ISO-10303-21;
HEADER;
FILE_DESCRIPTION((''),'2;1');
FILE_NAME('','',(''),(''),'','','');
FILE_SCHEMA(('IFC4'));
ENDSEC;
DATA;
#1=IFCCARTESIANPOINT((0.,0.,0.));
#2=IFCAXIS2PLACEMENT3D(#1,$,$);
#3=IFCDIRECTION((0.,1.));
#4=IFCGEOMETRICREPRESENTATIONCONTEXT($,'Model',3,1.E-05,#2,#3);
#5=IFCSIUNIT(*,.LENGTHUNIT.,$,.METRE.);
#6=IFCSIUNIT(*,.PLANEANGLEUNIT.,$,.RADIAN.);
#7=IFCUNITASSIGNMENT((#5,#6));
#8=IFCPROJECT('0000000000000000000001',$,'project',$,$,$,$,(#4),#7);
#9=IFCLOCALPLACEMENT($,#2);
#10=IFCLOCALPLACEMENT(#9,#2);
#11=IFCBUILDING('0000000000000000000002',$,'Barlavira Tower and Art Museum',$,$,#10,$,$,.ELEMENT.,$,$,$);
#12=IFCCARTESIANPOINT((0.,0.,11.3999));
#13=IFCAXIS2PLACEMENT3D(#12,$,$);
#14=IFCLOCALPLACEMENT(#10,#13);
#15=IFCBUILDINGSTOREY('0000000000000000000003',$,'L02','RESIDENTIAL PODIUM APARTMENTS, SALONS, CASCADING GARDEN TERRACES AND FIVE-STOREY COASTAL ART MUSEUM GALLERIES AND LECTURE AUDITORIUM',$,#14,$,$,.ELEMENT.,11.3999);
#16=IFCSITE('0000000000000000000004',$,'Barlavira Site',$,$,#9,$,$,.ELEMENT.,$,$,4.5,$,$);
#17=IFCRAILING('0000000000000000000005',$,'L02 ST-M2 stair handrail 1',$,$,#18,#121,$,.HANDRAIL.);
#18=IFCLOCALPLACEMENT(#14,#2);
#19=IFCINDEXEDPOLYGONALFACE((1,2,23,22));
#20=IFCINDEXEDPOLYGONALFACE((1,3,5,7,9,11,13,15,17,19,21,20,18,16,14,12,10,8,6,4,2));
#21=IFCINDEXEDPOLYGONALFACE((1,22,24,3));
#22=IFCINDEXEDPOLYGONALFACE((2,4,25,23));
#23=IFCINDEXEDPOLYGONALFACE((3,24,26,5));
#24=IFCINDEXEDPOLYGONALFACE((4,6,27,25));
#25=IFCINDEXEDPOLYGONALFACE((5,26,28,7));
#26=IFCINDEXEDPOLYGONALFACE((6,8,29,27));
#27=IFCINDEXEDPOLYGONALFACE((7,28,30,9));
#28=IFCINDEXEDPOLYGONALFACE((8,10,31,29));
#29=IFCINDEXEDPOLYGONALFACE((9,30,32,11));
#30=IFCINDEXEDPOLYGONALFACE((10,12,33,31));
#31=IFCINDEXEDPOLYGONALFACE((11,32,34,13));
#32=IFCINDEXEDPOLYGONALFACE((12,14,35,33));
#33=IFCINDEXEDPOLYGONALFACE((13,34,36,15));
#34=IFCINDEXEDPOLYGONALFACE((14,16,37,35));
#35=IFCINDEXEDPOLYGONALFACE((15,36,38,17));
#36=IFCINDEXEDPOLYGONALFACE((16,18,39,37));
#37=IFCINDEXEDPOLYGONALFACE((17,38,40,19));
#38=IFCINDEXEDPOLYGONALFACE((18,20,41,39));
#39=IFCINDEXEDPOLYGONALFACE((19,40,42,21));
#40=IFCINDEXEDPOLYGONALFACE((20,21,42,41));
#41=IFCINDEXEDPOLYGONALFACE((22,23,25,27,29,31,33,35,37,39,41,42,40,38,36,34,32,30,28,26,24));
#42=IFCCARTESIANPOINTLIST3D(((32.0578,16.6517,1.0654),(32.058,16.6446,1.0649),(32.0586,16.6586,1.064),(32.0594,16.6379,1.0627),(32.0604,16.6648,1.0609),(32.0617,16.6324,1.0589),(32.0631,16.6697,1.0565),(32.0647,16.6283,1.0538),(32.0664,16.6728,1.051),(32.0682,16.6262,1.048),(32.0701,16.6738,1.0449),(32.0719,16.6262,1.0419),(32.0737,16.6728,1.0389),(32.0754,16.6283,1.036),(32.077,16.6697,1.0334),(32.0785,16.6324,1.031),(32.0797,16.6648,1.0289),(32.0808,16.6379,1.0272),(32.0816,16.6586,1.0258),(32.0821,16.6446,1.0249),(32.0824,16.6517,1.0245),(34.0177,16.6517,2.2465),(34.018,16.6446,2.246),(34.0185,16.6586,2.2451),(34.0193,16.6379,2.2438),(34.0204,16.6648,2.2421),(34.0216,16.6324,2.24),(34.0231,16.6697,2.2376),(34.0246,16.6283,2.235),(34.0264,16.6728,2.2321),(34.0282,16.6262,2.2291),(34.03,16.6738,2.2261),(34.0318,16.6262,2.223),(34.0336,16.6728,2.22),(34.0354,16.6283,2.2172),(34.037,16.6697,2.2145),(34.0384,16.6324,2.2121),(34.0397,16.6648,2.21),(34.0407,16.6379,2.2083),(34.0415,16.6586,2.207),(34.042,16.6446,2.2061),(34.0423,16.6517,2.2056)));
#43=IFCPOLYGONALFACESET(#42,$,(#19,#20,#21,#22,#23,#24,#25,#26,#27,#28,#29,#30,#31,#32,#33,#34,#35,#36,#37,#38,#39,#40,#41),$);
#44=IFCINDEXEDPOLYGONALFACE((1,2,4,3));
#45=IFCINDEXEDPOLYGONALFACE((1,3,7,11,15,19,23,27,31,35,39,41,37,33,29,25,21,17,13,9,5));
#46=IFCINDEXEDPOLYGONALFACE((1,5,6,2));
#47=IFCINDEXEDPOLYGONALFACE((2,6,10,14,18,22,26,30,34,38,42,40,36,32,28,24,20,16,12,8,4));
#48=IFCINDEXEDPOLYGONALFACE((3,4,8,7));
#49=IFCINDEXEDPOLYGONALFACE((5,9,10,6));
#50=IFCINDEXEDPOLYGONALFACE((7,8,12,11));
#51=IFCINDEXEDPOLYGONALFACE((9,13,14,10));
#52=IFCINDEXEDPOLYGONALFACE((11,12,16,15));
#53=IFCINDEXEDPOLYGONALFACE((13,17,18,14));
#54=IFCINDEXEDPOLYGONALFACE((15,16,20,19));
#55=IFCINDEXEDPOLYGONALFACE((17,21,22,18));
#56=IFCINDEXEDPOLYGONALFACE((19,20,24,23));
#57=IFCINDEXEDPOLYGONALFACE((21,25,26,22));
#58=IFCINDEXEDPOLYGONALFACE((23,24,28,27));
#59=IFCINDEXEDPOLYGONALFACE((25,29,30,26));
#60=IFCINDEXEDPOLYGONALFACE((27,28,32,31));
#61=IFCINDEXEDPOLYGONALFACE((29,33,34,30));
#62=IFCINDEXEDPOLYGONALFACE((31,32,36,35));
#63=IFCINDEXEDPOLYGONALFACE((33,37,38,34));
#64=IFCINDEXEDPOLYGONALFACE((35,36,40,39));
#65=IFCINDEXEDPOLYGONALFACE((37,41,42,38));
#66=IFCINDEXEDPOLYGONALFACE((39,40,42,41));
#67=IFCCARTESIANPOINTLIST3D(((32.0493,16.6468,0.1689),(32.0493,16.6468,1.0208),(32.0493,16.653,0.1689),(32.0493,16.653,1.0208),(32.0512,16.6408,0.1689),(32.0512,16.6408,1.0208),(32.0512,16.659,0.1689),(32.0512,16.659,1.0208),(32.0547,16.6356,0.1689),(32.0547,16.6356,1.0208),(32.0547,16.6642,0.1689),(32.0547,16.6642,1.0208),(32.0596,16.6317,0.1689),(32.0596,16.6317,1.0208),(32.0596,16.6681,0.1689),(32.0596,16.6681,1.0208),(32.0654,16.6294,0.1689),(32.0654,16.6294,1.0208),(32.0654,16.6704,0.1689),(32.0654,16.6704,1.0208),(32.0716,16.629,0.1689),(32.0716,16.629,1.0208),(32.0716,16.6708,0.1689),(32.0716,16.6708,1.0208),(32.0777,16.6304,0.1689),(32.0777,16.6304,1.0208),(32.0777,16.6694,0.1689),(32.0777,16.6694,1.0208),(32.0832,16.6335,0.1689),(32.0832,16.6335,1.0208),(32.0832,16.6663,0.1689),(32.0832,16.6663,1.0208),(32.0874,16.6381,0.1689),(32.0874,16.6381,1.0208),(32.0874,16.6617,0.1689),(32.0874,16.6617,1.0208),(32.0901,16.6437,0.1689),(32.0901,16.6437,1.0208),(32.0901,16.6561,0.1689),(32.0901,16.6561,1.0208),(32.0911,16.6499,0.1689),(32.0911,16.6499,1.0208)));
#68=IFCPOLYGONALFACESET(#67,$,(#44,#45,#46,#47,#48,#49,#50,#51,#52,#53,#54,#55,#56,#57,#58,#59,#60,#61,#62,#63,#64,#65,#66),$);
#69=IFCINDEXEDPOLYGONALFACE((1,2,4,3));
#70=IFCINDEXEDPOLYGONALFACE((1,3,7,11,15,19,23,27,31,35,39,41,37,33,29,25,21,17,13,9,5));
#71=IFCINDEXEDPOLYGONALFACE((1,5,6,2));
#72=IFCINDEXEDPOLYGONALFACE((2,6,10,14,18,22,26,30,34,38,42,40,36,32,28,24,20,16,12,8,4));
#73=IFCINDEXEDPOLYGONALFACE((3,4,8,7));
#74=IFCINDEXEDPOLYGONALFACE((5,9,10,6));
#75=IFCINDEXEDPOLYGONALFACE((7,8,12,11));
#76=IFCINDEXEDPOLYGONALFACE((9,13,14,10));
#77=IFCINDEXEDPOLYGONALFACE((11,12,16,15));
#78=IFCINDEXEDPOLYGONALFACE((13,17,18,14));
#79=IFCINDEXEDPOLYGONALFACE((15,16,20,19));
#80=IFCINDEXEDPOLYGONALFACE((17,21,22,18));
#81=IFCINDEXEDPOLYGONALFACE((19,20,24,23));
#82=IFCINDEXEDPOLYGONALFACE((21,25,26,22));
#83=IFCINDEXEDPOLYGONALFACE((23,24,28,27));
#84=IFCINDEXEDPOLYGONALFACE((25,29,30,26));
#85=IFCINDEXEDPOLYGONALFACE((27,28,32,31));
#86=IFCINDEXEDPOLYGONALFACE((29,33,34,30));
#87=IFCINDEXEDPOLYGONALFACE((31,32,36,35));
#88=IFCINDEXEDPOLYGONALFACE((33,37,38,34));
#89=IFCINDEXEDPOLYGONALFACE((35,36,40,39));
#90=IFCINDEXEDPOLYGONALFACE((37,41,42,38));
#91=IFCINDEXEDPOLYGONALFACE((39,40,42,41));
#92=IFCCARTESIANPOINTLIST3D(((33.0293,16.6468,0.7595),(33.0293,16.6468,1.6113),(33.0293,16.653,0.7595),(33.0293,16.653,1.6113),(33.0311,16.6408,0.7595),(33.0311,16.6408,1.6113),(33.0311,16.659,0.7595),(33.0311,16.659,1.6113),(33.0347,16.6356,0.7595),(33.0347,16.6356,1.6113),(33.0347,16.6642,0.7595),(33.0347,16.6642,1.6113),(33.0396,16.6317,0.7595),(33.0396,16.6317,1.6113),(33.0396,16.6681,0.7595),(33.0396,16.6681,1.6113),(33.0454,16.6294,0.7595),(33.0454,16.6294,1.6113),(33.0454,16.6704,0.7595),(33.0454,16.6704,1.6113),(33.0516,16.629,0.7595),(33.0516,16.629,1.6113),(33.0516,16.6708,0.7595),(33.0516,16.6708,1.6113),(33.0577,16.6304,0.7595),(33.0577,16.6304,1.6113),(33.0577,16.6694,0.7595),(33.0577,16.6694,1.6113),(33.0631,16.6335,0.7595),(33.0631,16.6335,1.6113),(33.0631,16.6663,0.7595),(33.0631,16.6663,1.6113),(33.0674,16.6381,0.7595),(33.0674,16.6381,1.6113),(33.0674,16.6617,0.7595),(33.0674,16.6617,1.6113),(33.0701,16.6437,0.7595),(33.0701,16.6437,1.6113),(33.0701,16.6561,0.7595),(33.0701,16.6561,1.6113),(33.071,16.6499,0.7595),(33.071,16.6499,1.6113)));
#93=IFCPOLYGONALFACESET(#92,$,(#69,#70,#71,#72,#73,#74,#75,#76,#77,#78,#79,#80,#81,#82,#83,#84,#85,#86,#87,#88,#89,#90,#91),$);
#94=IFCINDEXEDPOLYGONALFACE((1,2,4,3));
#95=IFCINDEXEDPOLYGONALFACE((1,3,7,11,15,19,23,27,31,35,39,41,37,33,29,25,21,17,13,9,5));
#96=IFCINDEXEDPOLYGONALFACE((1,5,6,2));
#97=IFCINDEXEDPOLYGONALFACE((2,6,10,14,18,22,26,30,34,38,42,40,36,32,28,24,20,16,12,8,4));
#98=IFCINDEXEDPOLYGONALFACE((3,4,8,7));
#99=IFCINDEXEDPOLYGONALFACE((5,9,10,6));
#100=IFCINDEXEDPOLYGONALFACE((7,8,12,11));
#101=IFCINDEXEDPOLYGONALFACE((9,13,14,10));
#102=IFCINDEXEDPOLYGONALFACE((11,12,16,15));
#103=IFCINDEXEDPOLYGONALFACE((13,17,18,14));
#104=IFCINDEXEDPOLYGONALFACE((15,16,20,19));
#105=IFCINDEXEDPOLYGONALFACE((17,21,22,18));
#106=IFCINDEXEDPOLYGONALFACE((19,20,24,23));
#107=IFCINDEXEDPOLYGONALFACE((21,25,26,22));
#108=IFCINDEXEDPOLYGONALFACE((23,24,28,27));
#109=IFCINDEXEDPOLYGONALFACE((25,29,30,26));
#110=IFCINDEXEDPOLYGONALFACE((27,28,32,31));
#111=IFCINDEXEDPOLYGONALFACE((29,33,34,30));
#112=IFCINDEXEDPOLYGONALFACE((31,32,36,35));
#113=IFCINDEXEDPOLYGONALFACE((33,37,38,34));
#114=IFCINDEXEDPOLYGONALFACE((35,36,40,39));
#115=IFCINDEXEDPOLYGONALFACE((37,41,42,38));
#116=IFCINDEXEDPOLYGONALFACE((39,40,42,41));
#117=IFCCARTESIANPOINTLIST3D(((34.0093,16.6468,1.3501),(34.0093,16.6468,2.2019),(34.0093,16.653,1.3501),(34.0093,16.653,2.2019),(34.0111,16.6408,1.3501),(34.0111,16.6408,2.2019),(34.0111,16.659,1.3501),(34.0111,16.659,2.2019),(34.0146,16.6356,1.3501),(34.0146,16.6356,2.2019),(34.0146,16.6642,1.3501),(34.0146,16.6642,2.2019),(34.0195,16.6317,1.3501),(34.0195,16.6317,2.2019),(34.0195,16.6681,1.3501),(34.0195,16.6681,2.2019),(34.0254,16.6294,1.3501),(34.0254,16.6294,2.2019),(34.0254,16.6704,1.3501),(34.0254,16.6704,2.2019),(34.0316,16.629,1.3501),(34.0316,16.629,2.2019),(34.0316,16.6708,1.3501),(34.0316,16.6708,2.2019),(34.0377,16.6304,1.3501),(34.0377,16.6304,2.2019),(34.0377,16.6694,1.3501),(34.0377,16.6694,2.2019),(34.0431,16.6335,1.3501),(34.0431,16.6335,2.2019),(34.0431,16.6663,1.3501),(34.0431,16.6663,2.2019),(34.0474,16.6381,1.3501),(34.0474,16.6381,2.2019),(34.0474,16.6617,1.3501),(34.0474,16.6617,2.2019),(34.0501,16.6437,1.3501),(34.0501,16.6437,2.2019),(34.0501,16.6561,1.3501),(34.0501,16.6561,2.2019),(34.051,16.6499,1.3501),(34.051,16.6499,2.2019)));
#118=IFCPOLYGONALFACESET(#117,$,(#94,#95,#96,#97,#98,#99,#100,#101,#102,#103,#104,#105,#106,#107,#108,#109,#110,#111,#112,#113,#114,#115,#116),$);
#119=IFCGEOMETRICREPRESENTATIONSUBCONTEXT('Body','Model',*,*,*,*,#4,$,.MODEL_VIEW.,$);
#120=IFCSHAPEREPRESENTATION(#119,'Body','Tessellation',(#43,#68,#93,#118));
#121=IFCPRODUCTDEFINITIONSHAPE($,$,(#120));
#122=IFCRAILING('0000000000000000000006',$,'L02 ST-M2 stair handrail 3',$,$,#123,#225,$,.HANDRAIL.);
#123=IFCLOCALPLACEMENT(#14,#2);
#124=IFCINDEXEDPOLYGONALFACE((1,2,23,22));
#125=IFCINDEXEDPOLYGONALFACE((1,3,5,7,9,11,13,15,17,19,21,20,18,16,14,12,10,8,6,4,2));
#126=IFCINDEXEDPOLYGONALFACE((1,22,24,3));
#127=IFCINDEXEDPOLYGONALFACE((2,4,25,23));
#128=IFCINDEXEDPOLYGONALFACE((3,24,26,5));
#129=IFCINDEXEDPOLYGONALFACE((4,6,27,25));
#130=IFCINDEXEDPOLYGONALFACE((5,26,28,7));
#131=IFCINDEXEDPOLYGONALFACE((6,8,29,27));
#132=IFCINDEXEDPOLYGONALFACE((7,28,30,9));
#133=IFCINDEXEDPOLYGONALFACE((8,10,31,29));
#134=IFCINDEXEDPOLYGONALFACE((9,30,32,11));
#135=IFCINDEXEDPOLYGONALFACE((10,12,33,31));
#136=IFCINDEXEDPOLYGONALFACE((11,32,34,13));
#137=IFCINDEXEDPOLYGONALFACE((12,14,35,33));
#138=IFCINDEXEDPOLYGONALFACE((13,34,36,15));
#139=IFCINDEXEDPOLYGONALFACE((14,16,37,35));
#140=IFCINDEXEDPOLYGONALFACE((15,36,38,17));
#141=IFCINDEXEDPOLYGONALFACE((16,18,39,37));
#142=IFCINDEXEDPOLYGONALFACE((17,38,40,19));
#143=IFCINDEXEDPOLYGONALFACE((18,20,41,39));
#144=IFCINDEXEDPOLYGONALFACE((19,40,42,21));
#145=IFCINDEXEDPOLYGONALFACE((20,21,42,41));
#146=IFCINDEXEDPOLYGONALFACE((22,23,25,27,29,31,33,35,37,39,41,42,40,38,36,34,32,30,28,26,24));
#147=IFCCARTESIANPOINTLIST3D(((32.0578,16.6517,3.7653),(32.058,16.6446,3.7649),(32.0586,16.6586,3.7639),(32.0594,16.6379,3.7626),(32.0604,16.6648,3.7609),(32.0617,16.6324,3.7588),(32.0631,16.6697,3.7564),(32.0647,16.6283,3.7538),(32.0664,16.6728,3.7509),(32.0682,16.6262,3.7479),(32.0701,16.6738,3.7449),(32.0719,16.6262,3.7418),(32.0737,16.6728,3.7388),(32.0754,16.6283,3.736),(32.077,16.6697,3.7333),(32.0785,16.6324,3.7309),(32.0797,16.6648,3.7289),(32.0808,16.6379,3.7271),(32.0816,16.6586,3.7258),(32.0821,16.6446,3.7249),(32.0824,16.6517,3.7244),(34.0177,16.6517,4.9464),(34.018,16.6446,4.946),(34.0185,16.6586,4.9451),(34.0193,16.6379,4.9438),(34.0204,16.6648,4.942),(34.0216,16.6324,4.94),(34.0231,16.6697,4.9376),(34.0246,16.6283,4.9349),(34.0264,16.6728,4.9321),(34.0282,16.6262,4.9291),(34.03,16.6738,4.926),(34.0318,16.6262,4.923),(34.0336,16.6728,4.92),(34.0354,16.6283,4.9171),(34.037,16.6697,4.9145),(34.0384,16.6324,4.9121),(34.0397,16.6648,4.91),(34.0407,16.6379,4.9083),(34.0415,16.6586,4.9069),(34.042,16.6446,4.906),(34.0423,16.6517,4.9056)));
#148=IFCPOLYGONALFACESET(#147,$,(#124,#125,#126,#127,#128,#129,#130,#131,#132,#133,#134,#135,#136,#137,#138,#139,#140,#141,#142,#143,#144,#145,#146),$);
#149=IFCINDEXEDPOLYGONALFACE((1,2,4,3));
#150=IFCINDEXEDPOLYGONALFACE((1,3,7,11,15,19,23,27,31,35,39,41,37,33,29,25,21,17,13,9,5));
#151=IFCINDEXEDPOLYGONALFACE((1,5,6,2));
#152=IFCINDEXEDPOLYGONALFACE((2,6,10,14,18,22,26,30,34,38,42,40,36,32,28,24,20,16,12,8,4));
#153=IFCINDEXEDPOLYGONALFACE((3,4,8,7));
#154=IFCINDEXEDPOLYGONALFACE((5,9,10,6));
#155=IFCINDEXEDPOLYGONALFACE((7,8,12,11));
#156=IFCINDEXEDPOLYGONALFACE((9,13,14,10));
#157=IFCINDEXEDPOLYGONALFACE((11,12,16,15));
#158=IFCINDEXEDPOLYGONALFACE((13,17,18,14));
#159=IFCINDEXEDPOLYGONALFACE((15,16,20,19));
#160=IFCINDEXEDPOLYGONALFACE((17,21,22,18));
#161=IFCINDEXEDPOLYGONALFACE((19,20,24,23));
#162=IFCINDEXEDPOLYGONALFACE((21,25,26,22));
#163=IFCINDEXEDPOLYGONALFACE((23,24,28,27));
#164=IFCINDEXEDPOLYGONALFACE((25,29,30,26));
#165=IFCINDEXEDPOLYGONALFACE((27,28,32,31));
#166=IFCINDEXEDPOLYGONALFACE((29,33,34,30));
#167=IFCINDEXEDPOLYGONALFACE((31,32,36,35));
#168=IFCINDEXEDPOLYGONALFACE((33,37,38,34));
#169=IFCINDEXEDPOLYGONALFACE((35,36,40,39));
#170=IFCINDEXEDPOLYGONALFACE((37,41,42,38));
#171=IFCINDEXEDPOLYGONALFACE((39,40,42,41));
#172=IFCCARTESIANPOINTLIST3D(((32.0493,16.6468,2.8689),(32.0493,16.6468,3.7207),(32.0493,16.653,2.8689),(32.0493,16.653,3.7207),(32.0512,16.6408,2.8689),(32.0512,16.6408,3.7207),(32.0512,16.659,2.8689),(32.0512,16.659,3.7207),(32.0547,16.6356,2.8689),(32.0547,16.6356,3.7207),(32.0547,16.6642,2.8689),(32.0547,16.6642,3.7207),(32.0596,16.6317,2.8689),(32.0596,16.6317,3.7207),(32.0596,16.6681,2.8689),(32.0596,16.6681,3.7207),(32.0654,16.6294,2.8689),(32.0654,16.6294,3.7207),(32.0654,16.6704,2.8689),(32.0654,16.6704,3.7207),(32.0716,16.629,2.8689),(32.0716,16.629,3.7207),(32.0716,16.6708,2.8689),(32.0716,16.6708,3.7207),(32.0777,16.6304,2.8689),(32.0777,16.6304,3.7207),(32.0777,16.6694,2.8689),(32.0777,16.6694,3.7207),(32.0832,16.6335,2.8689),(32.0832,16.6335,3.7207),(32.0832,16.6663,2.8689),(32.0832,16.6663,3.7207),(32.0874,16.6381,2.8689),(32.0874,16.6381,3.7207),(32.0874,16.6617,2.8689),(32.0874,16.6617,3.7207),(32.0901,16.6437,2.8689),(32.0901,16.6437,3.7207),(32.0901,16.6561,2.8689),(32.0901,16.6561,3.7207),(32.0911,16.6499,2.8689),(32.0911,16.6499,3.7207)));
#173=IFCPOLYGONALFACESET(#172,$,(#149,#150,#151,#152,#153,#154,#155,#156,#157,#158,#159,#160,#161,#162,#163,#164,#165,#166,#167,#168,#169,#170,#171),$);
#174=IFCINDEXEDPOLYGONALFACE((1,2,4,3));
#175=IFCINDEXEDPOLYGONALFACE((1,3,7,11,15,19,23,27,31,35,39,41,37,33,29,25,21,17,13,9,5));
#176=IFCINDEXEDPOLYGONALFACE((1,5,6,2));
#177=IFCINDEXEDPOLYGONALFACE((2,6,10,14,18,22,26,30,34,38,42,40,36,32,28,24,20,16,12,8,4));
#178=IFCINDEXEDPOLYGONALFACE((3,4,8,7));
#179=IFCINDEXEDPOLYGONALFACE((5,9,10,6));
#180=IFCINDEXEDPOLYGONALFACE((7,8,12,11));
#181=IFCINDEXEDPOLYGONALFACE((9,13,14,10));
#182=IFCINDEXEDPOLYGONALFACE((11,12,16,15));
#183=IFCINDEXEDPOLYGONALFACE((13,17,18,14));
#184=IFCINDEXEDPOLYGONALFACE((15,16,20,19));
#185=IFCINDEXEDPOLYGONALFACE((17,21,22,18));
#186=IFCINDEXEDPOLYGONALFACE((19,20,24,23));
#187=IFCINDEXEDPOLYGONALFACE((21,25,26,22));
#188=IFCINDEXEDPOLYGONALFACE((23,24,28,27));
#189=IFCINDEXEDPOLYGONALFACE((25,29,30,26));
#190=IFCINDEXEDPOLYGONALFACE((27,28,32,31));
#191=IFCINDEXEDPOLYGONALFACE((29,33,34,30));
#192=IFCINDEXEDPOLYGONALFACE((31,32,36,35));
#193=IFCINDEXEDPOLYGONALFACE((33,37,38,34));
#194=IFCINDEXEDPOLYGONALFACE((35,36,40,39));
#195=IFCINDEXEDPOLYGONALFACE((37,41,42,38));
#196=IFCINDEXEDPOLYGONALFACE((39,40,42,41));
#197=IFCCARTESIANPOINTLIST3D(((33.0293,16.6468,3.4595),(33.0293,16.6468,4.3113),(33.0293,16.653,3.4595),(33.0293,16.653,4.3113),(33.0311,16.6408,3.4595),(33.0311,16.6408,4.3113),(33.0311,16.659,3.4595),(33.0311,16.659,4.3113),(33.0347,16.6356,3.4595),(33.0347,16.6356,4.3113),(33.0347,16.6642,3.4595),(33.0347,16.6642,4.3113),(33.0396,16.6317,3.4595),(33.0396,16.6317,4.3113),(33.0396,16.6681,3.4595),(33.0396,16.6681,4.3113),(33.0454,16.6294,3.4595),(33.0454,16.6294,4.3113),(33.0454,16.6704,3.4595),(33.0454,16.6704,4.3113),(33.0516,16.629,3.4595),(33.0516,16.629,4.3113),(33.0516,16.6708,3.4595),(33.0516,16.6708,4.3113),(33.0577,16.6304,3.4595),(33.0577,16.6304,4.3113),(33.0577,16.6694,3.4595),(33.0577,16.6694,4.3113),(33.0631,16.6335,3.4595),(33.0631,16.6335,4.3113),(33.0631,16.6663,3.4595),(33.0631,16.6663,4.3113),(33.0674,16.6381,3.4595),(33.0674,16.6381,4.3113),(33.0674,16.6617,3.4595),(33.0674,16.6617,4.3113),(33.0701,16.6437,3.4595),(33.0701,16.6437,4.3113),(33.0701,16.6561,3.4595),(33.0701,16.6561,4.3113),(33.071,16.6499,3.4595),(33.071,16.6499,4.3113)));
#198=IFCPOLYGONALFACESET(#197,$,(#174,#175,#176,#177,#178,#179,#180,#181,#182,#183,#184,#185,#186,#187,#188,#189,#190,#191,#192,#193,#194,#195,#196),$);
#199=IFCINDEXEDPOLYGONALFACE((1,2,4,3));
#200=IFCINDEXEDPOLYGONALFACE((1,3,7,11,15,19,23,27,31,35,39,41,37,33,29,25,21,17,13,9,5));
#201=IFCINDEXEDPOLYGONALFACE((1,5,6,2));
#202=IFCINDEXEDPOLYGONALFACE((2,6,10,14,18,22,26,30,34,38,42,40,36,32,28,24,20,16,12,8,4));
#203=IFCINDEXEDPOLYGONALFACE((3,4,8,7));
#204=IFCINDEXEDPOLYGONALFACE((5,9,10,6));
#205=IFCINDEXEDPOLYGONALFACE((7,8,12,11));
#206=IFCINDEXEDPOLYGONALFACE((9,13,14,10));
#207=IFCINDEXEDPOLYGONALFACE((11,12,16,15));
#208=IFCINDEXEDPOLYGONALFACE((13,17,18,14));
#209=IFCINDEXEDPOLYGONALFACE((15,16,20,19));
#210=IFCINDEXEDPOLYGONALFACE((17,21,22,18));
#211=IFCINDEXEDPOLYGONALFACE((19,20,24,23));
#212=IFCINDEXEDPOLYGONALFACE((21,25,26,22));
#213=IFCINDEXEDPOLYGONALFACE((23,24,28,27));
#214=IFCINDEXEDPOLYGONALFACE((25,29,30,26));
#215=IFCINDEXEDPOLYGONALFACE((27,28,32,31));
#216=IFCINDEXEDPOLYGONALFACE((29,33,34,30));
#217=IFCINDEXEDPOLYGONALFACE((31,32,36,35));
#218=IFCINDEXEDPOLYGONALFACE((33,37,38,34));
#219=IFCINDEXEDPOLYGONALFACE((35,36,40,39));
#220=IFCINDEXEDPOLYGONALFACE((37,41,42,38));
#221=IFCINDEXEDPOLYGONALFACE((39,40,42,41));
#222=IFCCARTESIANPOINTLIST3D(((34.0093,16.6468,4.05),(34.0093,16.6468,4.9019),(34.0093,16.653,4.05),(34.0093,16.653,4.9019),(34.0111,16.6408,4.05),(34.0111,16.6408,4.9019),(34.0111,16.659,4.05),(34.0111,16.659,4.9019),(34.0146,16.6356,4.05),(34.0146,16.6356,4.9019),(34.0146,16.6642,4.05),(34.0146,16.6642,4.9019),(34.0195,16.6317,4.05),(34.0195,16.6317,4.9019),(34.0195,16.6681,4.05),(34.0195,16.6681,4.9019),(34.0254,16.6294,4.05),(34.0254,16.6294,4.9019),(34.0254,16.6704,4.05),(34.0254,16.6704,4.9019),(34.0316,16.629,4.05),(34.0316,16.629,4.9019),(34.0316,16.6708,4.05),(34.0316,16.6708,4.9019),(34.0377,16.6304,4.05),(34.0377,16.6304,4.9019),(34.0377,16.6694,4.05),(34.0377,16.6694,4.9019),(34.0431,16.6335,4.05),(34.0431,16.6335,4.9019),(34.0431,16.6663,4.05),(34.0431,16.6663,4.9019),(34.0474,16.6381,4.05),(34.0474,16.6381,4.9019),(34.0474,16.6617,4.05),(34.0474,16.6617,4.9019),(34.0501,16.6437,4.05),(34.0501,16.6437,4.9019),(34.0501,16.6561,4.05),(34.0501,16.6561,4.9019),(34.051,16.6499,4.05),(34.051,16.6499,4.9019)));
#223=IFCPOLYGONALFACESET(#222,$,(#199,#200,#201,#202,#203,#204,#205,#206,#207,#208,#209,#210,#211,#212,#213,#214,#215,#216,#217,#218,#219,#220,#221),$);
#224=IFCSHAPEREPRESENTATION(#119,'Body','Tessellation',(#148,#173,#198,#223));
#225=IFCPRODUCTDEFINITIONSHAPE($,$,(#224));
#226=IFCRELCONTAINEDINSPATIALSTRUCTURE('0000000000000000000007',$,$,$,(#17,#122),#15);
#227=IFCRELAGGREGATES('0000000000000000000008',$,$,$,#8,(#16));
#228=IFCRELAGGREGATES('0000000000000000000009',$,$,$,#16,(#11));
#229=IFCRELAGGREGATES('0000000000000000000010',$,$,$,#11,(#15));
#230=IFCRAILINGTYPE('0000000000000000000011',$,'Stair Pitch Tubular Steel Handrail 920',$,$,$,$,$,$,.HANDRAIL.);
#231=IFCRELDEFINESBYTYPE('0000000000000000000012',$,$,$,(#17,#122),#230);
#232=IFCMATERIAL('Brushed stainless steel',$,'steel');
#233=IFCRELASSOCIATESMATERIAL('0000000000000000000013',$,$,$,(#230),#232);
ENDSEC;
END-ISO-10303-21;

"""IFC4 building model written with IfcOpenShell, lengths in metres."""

from ifc_helpers import new_model, si_unit, direction, frame, origin, origin_2d, place, context, subcontext, project, spatial, circle, extrude, material, type_object, element, save


model = new_model("IFC4")

# Units and contexts
model_context = context("Model", 3, precision=1e-05, world=origin(), true_north=direction((0.0, 1.0)))
body_context = subcontext(model_context, "Body", "Model", "MODEL_VIEW")
ifc_project = project(units=[si_unit("LENGTHUNIT", "METRE"), si_unit("PLANEANGLEUNIT", "RADIAN")], contexts=[model_context])

# Site, building, storey
site_placement = place(None, origin())
site = spatial("IfcSite", under=ifc_project, at=site_placement, Name="Barlavira Site", CompositionType="ELEMENT", RefElevation=4.5)
building_placement = place(site_placement, origin())
building = spatial("IfcBuilding", under=site, at=building_placement, Name="Barlavira Tower and Art Museum", CompositionType="ELEMENT")
storey_placement = place(building_placement, frame((0.0, 0.0, 11.3999)))
storey = spatial("IfcBuildingStorey", under=building, at=storey_placement, Name="L02", Description="RESIDENTIAL PODIUM APARTMENTS, SALONS, CASCADING GARDEN TERRACES AND FIVE-STOREY COASTAL ART MUSEUM GALLERIES AND LECTURE AUDITORIUM", CompositionType="ELEMENT", Elevation=11.3999)

# Railings
ifc_material_1 = material(Name="Brushed stainless steel", Category="steel")
railing_type_1 = type_object("IfcRailingType", Name="Stair Pitch Tubular Steel Handrail 920", PredefinedType="HANDRAIL", material=ifc_material_1)
for number, where, name in (
    (1, (32.0701, 16.6499, 0.1689), "L02 ST-M2 stair handrail 1"),
    (2, (32.0701, 16.6499, 2.8689), "L02 ST-M2 stair handrail 3"),
):
    element("IfcRailing", number, at=place(storey_placement, frame(where)), inside=storey, type_object=railing_type_1, Name=name, PredefinedType="HANDRAIL", context=body_context, shape_type="SweptSolid", body=[
        extrude(circle(Radius=0.0239, at=origin_2d()), frame((0.0, 0.0, 0.876), z_axis=(0.856493, 0.0, 0.516158), x_axis=(0.0, 1.0, 0.0)), (0.0, 0.0, 1.0), 2.2883),
        extrude(circle(Radius=0.021, at=origin_2d()), origin(), (0.0, 0.0, 1.0), 0.8518),
        extrude(circle(Radius=0.021, at=origin_2d()), frame((0.98, 0.0, 0.5906)), (0.0, 0.0, 1.0), 0.8518),
        extrude(circle(Radius=0.021, at=origin_2d()), frame((1.96, 0.0, 1.1812)), (0.0, 0.0, 1.0), 0.8518),
    ])

save(model, "model.ifc")
